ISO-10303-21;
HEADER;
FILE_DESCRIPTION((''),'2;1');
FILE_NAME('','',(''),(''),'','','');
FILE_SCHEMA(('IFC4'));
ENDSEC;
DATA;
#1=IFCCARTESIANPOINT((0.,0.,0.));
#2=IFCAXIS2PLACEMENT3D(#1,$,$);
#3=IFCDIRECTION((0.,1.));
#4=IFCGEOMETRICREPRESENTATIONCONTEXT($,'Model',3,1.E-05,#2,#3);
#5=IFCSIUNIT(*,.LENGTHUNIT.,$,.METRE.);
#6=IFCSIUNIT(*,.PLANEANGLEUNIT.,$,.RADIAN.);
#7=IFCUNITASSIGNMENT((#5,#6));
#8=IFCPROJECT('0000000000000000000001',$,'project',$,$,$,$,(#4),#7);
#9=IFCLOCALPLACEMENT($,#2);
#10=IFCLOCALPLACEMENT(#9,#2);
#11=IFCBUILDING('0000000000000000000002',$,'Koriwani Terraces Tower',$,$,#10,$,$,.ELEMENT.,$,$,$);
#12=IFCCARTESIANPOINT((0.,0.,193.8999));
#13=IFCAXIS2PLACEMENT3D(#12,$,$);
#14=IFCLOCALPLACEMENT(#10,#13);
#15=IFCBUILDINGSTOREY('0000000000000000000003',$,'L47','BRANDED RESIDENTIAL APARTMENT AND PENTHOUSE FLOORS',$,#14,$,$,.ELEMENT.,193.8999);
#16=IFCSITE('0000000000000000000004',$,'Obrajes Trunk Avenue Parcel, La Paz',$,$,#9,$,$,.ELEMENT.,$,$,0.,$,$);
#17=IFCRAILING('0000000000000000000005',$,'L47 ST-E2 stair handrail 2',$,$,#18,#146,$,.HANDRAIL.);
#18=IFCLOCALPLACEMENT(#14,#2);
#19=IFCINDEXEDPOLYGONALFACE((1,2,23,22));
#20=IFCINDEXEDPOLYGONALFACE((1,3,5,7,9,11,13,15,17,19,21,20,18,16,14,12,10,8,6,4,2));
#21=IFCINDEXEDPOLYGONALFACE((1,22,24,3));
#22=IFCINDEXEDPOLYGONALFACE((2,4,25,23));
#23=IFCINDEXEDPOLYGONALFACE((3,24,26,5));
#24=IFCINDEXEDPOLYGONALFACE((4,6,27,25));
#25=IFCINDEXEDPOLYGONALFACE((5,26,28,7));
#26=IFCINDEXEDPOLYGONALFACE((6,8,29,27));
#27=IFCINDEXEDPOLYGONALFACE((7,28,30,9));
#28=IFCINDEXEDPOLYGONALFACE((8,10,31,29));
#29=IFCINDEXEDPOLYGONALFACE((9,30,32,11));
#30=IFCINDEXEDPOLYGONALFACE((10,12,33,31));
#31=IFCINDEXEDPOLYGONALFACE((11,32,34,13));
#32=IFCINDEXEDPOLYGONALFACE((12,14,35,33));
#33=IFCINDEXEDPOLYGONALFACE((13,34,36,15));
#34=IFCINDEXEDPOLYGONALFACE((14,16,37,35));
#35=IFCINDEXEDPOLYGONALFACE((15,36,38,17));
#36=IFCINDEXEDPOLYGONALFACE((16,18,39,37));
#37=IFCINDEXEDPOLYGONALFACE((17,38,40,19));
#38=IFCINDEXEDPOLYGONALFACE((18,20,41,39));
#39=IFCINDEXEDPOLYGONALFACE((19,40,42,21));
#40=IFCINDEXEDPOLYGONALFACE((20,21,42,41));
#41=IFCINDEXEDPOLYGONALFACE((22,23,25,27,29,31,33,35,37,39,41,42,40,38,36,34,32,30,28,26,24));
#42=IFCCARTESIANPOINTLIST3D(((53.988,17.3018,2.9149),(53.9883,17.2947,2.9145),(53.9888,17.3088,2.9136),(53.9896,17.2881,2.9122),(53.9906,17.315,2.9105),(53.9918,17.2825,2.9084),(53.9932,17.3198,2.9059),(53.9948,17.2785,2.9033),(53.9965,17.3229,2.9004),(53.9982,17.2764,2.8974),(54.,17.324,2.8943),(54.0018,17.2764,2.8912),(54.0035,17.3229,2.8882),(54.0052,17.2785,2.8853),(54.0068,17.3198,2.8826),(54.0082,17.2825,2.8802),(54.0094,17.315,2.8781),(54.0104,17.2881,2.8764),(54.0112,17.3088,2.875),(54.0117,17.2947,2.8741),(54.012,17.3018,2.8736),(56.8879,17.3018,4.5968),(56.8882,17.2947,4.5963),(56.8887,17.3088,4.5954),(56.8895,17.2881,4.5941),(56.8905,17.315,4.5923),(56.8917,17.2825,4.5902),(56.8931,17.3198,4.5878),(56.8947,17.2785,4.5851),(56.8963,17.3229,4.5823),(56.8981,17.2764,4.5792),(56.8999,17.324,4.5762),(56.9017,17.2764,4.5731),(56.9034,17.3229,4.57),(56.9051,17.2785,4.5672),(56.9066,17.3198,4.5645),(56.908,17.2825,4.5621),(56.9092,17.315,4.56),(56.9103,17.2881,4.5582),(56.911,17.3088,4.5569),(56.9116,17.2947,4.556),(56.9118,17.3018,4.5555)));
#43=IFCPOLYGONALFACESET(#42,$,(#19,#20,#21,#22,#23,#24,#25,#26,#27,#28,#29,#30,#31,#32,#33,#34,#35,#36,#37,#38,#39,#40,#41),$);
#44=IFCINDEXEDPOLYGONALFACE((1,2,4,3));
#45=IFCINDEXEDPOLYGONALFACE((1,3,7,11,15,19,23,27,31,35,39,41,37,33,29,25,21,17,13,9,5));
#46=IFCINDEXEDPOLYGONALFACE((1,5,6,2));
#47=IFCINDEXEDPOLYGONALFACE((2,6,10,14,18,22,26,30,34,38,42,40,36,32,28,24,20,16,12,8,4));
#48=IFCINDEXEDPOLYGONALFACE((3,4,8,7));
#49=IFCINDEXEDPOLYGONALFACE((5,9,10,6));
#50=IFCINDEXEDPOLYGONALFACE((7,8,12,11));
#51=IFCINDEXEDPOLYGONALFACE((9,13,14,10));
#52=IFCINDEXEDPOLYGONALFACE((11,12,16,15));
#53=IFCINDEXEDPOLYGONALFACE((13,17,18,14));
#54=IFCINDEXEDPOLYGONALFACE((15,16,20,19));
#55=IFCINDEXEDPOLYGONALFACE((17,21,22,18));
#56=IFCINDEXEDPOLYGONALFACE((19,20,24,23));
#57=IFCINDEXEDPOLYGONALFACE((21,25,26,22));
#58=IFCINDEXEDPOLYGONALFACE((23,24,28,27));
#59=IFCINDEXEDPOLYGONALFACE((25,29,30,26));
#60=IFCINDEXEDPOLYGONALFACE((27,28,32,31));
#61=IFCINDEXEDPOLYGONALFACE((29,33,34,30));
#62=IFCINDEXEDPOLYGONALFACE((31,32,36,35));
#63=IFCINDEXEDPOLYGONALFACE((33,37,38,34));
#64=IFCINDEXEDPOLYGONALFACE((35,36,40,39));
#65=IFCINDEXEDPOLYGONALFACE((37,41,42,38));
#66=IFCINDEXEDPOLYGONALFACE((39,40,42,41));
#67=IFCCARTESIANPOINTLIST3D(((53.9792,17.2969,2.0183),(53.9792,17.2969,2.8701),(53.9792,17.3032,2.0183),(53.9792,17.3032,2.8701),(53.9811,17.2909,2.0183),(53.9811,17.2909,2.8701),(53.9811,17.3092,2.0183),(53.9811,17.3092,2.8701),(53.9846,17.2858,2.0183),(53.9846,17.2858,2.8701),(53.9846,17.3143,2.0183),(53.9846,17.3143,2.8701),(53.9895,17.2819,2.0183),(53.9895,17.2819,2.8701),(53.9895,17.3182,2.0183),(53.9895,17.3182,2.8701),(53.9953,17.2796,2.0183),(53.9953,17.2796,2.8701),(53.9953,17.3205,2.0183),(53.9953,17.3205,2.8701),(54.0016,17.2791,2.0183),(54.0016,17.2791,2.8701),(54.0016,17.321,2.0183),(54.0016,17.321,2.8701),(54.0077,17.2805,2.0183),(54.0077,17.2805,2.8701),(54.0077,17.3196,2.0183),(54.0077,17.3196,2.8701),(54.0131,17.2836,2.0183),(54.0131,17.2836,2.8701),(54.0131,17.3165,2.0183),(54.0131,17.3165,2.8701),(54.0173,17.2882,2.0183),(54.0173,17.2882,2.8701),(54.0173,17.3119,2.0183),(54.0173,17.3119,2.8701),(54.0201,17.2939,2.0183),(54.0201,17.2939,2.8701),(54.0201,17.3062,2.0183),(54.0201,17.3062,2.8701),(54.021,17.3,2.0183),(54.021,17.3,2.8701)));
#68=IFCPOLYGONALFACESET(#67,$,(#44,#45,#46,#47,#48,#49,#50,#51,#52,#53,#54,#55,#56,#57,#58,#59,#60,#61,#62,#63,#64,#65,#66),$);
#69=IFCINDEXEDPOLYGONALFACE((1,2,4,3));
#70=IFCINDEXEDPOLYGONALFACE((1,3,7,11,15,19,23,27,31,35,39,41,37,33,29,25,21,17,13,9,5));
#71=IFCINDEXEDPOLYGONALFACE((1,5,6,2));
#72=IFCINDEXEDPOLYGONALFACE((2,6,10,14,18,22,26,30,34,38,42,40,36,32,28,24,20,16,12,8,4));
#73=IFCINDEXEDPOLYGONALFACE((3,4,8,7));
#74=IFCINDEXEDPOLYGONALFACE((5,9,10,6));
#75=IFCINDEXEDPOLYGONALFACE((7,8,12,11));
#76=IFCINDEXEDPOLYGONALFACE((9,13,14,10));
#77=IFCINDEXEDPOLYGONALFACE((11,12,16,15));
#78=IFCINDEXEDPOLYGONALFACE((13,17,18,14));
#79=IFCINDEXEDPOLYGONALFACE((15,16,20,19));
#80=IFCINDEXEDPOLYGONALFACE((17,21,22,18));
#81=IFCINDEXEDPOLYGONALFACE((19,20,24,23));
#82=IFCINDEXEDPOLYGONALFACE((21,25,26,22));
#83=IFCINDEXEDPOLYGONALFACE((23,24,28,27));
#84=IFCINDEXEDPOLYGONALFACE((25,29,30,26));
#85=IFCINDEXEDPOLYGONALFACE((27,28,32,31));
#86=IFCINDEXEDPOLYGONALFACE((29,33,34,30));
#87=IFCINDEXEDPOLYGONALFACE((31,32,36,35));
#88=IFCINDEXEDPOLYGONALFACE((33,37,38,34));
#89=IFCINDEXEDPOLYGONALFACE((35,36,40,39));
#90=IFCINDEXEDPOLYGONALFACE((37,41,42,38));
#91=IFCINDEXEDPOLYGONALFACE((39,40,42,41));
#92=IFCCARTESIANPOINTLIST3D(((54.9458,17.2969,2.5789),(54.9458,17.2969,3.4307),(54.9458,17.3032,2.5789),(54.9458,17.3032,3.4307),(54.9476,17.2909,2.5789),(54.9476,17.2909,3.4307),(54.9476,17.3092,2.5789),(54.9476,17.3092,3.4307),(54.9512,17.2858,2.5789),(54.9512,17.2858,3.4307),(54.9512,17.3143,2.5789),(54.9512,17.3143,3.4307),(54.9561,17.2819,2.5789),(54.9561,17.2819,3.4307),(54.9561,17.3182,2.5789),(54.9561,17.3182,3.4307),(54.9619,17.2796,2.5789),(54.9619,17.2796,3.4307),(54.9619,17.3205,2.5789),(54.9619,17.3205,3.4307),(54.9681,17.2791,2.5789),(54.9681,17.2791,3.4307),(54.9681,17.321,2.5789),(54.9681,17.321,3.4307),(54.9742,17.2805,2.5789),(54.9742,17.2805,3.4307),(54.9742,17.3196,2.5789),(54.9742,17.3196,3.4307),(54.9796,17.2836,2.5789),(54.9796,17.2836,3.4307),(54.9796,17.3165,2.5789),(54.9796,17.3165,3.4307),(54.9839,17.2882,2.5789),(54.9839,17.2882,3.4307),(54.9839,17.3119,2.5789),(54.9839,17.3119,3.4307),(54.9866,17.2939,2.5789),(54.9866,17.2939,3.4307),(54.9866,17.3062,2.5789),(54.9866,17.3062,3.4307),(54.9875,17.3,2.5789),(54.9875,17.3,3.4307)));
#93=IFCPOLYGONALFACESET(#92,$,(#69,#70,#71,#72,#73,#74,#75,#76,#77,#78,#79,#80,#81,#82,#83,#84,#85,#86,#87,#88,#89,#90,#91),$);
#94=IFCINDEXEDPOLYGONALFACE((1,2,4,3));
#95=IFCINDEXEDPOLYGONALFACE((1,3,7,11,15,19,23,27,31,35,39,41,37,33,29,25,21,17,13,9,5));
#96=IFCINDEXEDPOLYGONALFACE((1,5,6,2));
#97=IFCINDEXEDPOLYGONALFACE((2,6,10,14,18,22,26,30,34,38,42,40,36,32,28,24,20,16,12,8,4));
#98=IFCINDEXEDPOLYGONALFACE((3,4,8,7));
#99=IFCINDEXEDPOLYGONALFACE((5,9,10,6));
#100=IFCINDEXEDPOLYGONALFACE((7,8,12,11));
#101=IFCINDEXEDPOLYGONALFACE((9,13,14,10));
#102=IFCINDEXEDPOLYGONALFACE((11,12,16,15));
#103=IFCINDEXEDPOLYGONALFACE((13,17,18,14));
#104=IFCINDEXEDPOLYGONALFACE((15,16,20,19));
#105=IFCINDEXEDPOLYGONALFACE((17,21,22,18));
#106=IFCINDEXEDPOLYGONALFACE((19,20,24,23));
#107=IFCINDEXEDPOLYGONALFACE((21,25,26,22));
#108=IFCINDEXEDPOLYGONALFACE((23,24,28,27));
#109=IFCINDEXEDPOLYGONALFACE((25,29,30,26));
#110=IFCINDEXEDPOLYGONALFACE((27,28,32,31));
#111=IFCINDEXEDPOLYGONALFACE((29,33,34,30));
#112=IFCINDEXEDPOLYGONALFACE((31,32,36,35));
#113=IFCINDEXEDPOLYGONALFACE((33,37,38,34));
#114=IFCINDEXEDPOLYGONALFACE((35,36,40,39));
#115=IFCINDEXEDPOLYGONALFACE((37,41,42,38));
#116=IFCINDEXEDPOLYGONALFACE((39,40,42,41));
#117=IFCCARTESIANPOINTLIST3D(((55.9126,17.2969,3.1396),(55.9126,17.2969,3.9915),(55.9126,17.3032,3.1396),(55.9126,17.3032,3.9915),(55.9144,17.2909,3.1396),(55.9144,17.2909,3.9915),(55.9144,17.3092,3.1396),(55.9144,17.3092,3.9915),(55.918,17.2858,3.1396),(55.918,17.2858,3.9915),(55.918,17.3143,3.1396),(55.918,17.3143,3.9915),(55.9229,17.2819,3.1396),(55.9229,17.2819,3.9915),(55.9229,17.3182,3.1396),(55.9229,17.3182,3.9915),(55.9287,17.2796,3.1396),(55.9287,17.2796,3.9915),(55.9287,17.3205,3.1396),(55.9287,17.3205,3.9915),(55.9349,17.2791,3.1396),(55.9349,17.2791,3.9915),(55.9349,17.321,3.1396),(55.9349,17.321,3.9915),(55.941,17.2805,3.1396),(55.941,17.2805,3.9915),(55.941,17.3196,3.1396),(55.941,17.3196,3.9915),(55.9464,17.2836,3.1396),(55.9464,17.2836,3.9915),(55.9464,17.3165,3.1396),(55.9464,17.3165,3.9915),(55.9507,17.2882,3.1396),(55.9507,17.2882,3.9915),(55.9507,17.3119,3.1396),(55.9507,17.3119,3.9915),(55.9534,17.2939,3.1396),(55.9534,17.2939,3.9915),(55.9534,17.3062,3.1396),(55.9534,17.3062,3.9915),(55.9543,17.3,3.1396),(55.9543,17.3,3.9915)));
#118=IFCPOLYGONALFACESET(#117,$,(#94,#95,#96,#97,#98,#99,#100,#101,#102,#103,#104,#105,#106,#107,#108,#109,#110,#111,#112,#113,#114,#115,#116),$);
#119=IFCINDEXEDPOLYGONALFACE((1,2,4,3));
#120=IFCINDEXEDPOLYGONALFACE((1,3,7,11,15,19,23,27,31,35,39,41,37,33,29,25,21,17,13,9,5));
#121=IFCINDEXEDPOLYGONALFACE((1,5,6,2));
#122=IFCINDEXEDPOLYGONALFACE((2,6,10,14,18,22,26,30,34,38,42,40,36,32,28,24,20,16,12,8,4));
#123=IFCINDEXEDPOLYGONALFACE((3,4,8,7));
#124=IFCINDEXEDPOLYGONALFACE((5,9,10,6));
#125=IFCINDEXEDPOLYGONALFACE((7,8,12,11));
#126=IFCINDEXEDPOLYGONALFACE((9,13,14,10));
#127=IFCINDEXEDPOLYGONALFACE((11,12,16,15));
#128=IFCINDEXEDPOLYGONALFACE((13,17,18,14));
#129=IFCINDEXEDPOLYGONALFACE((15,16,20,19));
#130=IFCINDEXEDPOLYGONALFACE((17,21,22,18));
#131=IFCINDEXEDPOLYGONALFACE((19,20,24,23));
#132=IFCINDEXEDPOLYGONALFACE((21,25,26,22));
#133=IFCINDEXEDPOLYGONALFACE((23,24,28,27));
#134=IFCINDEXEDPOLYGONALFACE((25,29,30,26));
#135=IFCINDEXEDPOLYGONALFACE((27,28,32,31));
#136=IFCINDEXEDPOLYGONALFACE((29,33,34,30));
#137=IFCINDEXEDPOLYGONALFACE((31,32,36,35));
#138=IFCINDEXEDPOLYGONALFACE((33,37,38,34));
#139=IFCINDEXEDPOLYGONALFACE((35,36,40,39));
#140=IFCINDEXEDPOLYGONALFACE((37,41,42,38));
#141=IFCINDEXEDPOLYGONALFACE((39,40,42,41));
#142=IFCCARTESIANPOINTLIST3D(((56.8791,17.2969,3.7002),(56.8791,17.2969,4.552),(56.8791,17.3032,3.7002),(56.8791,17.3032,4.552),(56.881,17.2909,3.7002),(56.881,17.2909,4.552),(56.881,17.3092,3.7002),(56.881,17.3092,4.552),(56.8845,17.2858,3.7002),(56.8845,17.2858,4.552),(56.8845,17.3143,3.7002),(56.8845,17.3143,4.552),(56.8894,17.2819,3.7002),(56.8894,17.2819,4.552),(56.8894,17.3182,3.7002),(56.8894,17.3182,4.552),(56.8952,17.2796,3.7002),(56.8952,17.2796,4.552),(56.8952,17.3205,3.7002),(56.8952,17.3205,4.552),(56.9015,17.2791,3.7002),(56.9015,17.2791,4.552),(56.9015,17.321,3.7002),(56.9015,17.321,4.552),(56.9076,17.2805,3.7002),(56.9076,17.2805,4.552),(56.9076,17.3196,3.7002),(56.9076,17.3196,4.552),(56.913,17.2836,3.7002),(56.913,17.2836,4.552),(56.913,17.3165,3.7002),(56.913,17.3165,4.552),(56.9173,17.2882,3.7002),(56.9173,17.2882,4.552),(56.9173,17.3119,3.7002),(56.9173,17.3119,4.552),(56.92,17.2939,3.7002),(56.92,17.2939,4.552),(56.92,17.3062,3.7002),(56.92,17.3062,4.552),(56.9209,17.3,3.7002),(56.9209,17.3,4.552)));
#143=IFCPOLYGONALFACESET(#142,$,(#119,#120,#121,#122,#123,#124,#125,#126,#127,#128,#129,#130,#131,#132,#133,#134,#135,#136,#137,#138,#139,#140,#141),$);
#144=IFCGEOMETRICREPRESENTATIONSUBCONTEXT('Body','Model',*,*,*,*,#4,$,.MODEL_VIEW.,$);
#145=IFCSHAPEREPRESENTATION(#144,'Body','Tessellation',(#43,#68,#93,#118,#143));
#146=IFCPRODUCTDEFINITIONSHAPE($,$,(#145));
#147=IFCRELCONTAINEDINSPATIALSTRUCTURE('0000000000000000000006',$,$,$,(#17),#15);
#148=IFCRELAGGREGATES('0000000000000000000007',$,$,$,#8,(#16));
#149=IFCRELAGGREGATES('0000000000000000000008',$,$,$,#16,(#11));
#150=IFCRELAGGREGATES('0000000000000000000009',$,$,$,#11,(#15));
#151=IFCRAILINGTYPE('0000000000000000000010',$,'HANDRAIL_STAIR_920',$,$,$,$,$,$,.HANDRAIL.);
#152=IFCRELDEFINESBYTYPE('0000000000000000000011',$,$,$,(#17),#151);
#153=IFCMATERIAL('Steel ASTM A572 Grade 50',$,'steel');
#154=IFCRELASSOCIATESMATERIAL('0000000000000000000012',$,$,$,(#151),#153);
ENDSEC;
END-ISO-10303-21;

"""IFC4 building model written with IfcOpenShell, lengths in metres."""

from ifc_helpers import new_model, si_unit, direction, frame, origin, origin_2d, place, context, subcontext, project, spatial, circle, extrude, material, type_object, element, save


model = new_model("IFC4")

# Units and contexts
model_context = context("Model", 3, precision=1e-05, world=origin(), true_north=direction((0.0, 1.0)))
body_context = subcontext(model_context, "Body", "Model", "MODEL_VIEW")
ifc_project = project(units=[si_unit("LENGTHUNIT", "METRE"), si_unit("PLANEANGLEUNIT", "RADIAN")], contexts=[model_context])

# Site, building, storey
site_placement = place(None, origin())
site = spatial("IfcSite", under=ifc_project, at=site_placement, Name="Obrajes Trunk Avenue Parcel, La Paz", CompositionType="ELEMENT", RefElevation=0.0)
building_placement = place(site_placement, origin())
building = spatial("IfcBuilding", under=site, at=building_placement, Name="Koriwani Terraces Tower", CompositionType="ELEMENT")
storey_placement = place(building_placement, frame((0.0, 0.0, 193.8999)))
storey = spatial("IfcBuildingStorey", under=building, at=storey_placement, Name="L47", Description="BRANDED RESIDENTIAL APARTMENT AND PENTHOUSE FLOORS", CompositionType="ELEMENT", Elevation=193.8999)

# Shared definitions
ifc_material_1 = material(Name="Steel ASTM A572 Grade 50", Category="steel")

# Railing
railing_type_1 = type_object("IfcRailingType", Name="HANDRAIL_STAIR_920", PredefinedType="HANDRAIL", material=ifc_material_1)
railing_1_placement = place(storey_placement, frame((54.0, 17.3, 2.0183)))
element("IfcRailing", 1, at=railing_1_placement, inside=storey, type_object=railing_type_1, Name="L47 ST-E2 stair handrail 2", PredefinedType="HANDRAIL", context=body_context, shape_type="SweptSolid", body=[
    extrude(circle(Radius=0.0239, at=origin_2d()), frame((0.0, 0.0, 0.876), z_axis=(0.865039, 0.0, 0.501705), x_axis=(0.0, 1.0, 0.0)), (0.0, 0.0, 1.0), 3.3523),
    extrude(circle(Radius=0.021, at=origin_2d()), origin(), (0.0, 0.0, 1.0), 0.8518),
    extrude(circle(Radius=0.021, at=origin_2d()), frame((0.9666, 0.0, 0.5605)), (0.0, 0.0, 1.0), 0.8518),
    extrude(circle(Radius=0.021, at=origin_2d()), frame((1.9333, 0.0, 1.1213)), (0.0, 0.0, 1.0), 0.8518),
    extrude(circle(Radius=0.021, at=origin_2d()), frame((2.8999, 0.0, 1.6819)), (0.0, 0.0, 1.0), 0.8518),
])

save(model, "model.ifc")
